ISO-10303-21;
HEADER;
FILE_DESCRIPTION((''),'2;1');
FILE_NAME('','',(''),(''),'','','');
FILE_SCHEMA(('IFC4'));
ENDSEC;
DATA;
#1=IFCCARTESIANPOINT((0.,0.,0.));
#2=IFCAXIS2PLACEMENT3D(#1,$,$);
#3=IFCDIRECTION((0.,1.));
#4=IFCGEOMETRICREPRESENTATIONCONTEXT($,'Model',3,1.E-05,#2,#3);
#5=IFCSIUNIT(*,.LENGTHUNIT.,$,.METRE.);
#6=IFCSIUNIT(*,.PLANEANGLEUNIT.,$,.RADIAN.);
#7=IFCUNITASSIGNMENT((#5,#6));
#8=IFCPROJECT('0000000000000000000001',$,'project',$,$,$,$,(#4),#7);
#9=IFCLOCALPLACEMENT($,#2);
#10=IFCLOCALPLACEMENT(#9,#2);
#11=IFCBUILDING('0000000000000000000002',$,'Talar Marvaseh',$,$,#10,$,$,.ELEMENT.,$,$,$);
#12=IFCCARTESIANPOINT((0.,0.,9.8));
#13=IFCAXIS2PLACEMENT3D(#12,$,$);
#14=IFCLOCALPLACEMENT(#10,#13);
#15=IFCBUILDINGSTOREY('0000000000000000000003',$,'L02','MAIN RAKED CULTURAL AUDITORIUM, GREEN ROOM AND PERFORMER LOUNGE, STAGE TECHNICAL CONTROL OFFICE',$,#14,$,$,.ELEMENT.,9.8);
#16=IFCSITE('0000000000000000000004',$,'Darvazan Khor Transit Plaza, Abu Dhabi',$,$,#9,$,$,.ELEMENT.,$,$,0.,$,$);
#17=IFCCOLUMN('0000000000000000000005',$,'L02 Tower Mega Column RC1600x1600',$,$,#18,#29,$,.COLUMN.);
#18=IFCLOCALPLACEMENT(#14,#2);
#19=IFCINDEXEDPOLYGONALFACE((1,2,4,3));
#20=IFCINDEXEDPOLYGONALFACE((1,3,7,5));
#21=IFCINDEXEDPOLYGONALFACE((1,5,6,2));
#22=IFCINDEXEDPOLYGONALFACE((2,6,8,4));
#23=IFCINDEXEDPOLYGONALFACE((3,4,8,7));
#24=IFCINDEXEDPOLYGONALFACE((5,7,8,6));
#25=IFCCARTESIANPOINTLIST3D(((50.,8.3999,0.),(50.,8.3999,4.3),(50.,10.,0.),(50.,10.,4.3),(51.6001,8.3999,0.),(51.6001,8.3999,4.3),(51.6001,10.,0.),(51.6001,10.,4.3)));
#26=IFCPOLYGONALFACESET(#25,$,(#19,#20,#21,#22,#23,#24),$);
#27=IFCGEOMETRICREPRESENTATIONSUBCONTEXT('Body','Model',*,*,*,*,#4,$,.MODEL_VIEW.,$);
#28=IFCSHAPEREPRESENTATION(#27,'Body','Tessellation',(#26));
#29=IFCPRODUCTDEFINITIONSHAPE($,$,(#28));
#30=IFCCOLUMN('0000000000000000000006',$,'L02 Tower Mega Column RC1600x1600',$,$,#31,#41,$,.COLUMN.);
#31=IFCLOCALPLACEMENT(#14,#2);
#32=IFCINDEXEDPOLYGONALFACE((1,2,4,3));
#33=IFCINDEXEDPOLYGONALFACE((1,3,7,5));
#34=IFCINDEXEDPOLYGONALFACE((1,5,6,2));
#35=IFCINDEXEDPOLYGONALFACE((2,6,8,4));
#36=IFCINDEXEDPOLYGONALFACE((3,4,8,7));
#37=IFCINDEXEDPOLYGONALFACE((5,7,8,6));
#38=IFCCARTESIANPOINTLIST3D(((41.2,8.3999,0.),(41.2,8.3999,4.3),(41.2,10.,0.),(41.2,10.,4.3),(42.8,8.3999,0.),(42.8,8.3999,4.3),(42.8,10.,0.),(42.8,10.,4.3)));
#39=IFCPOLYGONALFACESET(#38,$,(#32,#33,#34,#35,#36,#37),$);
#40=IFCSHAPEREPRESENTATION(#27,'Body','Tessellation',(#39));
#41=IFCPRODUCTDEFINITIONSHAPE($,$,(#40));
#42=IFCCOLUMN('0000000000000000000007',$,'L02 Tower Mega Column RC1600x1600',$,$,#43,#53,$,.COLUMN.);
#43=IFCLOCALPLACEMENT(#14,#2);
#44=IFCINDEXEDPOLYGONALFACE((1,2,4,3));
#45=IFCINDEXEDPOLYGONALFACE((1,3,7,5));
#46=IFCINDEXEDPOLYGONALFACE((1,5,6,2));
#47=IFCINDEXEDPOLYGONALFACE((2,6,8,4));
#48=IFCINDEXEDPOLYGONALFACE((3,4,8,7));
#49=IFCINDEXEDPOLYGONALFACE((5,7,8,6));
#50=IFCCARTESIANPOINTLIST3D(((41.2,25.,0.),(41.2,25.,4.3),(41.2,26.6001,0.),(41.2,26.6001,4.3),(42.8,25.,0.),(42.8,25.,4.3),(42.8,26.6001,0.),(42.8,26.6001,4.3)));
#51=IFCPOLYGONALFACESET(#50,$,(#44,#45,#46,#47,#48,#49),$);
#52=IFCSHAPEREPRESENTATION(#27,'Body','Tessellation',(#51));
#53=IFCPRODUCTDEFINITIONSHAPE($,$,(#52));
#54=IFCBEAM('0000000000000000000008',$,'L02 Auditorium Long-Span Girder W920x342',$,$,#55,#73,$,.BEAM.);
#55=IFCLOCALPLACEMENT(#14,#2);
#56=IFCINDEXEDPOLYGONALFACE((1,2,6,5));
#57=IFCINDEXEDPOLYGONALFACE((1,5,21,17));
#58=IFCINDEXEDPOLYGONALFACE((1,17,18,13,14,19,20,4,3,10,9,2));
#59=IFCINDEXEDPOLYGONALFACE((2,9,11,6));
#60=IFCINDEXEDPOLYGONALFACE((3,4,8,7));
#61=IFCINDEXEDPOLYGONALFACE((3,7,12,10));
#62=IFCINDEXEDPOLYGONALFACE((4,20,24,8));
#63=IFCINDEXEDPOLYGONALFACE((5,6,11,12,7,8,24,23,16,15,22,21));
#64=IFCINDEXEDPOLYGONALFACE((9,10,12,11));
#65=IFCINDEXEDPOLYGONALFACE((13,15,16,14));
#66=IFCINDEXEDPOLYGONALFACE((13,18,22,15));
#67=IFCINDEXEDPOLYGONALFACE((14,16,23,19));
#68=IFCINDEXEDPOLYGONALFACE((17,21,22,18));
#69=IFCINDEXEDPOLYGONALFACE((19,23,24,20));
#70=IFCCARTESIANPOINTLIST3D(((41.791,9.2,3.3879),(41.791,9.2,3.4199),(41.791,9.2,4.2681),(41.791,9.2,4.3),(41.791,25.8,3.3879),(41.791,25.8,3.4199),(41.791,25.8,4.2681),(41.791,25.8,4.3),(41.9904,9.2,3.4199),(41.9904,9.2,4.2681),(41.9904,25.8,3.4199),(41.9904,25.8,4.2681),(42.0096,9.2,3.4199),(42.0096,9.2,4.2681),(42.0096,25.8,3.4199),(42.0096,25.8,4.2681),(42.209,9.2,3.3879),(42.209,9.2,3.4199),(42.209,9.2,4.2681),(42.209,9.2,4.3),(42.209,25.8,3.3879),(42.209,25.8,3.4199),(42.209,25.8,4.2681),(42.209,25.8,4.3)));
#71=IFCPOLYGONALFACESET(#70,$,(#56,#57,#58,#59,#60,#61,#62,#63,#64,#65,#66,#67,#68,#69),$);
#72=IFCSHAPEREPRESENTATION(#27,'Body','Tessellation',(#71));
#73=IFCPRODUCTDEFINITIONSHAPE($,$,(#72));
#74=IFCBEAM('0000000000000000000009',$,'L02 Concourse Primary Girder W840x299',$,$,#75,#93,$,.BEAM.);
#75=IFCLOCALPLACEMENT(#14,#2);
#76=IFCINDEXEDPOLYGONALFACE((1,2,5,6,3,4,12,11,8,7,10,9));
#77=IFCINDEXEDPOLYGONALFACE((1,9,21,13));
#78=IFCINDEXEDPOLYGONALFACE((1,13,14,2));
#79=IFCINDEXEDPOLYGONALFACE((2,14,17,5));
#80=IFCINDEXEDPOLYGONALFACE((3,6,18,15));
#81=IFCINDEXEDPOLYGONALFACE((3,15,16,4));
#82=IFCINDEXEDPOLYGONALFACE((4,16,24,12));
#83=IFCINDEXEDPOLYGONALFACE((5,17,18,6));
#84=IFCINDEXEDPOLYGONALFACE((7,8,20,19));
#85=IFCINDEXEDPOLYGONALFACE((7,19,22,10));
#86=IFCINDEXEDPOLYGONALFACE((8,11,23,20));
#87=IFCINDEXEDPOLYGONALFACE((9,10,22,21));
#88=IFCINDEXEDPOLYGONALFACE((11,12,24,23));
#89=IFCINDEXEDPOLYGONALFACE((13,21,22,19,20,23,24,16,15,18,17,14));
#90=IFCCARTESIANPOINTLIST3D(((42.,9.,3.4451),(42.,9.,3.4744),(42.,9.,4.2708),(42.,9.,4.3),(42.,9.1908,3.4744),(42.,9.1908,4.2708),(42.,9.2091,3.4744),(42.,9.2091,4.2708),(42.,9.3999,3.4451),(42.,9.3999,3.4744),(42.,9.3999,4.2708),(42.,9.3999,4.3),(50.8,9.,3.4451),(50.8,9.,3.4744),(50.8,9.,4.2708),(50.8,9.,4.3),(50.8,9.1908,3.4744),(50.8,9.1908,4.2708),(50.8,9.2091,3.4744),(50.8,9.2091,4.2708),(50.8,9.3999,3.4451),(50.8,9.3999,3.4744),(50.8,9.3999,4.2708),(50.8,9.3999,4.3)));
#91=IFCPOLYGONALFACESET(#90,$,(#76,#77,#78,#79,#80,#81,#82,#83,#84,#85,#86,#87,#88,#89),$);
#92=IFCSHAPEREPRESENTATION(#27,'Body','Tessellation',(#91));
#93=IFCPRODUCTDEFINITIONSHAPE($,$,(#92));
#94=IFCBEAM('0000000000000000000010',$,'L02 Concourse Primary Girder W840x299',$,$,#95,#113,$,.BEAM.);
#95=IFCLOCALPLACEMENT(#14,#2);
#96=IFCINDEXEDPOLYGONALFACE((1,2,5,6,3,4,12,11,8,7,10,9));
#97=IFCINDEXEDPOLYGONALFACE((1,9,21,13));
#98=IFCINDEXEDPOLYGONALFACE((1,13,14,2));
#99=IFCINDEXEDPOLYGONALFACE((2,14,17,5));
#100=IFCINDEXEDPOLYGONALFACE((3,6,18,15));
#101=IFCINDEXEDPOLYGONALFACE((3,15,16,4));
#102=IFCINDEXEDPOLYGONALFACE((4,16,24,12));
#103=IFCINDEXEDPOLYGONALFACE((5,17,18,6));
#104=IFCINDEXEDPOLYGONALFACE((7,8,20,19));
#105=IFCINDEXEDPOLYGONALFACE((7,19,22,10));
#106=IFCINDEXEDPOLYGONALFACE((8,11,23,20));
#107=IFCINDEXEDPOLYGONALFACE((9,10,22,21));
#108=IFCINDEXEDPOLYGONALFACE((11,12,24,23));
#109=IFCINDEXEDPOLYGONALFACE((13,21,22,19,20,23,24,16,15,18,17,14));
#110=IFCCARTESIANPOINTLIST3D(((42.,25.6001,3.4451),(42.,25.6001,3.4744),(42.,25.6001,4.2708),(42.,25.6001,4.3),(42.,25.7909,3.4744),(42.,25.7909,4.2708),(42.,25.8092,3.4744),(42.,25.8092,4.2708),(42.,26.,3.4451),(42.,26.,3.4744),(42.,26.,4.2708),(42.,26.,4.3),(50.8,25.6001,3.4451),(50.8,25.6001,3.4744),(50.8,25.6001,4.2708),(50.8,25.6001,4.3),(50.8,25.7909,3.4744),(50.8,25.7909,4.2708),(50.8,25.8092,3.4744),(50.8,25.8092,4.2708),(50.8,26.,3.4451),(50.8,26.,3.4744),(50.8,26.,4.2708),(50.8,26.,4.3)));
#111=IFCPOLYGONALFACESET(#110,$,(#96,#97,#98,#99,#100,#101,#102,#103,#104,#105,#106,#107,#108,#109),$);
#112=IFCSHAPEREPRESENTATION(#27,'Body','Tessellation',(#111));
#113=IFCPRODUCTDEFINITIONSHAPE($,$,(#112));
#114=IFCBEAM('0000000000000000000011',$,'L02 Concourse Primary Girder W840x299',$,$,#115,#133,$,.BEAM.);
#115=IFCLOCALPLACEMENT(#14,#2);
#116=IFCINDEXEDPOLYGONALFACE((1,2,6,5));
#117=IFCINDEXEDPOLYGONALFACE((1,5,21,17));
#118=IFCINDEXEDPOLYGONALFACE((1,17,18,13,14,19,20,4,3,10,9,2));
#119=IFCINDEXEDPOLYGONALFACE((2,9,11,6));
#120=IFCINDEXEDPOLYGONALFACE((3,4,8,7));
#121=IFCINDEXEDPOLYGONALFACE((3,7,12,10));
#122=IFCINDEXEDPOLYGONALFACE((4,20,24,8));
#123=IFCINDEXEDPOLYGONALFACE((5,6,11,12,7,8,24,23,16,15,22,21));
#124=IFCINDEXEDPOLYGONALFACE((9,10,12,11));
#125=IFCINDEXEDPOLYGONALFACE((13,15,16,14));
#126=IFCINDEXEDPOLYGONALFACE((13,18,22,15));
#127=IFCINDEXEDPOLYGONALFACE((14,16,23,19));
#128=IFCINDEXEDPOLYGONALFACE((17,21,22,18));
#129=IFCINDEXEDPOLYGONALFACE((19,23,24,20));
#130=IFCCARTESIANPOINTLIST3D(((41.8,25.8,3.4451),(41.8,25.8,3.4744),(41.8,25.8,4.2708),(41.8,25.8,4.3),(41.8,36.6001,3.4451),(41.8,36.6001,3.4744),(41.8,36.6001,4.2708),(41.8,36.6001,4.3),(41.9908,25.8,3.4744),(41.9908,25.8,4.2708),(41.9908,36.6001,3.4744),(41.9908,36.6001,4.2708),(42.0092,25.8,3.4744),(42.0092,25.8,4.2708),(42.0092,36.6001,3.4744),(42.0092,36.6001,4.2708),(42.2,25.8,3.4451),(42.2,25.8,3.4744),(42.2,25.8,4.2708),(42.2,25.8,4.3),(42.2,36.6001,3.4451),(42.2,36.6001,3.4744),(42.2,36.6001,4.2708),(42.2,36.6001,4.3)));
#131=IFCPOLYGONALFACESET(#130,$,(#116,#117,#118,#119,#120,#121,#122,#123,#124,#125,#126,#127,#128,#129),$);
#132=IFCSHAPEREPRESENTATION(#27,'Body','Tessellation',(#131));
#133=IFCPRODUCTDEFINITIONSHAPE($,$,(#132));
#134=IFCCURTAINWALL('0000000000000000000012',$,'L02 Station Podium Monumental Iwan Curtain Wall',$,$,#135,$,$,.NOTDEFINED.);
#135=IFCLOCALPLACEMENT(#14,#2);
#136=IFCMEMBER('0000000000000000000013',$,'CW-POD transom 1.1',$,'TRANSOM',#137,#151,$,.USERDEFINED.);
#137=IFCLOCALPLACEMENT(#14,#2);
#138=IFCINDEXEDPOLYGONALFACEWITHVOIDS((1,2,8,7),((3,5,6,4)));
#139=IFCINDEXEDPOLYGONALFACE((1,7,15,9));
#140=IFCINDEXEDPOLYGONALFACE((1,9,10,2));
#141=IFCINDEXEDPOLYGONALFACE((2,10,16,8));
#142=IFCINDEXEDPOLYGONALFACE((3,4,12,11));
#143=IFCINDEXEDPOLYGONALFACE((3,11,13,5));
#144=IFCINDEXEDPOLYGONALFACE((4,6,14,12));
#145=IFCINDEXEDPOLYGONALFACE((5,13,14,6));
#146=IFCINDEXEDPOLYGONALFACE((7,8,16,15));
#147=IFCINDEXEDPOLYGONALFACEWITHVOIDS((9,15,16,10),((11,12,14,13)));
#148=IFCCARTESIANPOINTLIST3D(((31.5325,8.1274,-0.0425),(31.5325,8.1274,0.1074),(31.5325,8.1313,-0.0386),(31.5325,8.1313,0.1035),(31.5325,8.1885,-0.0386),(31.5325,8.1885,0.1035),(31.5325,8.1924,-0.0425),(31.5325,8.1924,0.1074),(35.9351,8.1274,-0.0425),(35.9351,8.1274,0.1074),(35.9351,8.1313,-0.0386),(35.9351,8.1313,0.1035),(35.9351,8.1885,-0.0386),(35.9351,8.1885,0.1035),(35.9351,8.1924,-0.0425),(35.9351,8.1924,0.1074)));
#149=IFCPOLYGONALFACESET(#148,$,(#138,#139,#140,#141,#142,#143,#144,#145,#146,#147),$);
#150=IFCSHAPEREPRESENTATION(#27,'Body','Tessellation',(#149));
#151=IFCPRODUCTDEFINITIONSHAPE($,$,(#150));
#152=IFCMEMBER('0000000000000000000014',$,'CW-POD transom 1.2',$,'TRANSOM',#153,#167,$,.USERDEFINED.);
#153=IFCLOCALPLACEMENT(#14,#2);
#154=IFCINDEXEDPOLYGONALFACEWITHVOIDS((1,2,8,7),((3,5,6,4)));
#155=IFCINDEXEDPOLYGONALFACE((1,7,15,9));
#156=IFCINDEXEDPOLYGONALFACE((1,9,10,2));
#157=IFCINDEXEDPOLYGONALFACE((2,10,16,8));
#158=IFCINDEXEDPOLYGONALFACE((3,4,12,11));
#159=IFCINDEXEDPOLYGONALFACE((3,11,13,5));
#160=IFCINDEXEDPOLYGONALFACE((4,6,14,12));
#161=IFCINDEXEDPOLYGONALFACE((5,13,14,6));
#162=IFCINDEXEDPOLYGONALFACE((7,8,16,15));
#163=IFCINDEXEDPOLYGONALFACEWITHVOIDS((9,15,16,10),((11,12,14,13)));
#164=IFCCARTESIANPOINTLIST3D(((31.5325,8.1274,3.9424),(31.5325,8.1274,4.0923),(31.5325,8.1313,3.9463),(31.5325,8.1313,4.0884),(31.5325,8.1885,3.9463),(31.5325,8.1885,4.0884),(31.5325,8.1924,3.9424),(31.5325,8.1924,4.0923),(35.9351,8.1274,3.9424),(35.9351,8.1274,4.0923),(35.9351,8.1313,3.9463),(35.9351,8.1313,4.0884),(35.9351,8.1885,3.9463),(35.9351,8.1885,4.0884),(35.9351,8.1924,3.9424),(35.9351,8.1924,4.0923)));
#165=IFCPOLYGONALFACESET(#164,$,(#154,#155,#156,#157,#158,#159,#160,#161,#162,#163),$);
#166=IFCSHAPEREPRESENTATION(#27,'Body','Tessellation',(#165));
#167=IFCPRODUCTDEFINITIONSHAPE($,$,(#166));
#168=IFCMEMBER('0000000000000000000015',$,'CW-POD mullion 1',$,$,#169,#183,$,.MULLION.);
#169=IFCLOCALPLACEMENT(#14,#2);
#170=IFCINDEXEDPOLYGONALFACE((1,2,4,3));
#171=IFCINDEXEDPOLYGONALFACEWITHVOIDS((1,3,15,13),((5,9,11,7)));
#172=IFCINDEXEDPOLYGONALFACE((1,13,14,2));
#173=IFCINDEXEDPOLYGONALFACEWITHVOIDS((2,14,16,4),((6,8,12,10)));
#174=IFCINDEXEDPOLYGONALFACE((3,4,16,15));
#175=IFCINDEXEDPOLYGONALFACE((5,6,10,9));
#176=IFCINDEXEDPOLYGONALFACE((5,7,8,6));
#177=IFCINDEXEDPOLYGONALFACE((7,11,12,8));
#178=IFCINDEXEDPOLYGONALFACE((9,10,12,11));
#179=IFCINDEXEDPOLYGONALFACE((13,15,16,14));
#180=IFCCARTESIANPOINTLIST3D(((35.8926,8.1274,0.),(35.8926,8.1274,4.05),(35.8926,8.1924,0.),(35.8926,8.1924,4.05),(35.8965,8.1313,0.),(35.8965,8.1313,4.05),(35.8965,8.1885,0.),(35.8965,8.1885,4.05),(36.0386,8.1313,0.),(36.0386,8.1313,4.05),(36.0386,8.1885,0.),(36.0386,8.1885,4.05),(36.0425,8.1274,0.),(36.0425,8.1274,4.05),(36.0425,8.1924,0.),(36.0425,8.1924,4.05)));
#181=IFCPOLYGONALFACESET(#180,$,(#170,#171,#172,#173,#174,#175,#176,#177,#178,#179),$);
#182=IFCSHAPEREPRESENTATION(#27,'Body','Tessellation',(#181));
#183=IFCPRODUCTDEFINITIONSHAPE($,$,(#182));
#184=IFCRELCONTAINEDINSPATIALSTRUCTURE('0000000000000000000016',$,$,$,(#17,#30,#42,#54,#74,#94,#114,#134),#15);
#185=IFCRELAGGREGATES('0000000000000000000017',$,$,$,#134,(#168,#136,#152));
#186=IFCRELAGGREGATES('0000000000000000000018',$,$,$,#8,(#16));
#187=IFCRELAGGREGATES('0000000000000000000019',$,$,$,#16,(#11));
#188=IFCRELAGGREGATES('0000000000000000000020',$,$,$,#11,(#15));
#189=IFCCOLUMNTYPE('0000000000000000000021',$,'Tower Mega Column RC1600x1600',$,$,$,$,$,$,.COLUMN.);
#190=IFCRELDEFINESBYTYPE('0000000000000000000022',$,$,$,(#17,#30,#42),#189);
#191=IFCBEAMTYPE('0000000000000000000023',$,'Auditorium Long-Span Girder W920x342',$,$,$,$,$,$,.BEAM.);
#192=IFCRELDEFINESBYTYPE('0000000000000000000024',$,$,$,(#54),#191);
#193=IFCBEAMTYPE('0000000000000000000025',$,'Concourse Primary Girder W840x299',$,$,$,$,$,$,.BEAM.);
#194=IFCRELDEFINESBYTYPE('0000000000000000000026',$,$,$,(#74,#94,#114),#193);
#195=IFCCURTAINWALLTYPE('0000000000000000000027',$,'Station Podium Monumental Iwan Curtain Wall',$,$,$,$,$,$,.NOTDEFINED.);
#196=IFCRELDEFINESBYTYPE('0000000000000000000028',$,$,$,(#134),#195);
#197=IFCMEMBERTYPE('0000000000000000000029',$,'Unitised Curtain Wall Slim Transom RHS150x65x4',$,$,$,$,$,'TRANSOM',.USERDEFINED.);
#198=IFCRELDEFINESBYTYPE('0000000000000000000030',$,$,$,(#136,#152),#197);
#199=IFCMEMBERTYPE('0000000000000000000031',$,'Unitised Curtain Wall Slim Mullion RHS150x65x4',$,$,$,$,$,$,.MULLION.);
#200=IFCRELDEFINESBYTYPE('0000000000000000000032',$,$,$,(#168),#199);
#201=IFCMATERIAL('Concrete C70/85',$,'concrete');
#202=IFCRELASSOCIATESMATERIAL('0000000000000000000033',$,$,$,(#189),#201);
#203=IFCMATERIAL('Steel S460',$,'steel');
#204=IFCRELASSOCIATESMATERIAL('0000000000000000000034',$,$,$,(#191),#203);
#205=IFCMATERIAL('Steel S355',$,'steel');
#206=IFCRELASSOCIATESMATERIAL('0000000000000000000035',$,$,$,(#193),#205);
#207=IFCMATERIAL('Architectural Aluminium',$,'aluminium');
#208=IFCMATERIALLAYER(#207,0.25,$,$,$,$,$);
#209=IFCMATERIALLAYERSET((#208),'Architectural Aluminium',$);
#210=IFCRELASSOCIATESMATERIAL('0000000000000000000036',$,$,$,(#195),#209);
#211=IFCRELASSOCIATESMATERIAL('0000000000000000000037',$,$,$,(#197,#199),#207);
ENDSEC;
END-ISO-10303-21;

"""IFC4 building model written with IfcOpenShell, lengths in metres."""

from ifc_helpers import new_model, si_unit, direction, frame, origin, origin_2d, place, context, subcontext, project, spatial, rectangle, hollow_rectangle, i_section, extrude, source, transform, mapped, material, layer, layer_set, material_profile, profile_set, type_object, type_shapes, element, aggregate, save


model = new_model("IFC4")

# Units and contexts
model_context = context("Model", 3, precision=1e-05, world=origin(), true_north=direction((0.0, 1.0)))
body_context = subcontext(model_context, "Body", "Model", "MODEL_VIEW")
ifc_project = project(units=[si_unit("LENGTHUNIT", "METRE"), si_unit("PLANEANGLEUNIT", "RADIAN")], contexts=[model_context])

# Site, building, storey
site_placement = place(None, origin())
site = spatial("IfcSite", under=ifc_project, at=site_placement, Name="Darvazan Khor Transit Plaza, Abu Dhabi", CompositionType="ELEMENT", RefElevation=0.0)
building_placement = place(site_placement, origin())
building = spatial("IfcBuilding", under=site, at=building_placement, Name="Talar Marvaseh", CompositionType="ELEMENT")
storey_placement = place(building_placement, frame((0.0, 0.0, 9.8)))
storey = spatial("IfcBuildingStorey", under=building, at=storey_placement, Name="L02", Description="MAIN RAKED CULTURAL AUDITORIUM, GREEN ROOM AND PERFORMER LOUNGE, STAGE TECHNICAL CONTROL OFFICE", CompositionType="ELEMENT", Elevation=9.8)

# Columns
ifc_material_1 = material(Name="Concrete C70/85", Category="concrete")
ifc_material_profile_1 = material_profile(ifc_material_1, rectangle(XDim=1.6001, YDim=1.6001, at=origin_2d()), Name="RC1600x1600")
ifc_profile_set_1 = profile_set([ifc_material_profile_1], Name="Concrete C70/85")
column_type = type_object("IfcColumnType", Name="Tower Mega Column RC1600x1600", PredefinedType="COLUMN", material=ifc_profile_set_1)
for number, where, z_axis, x_axis, name in (
    (1, (50.8, 9.2, 0.0), (0.0, 0.0, 1.0), (1.0, 0.0, 0.0), "L02 Tower Mega Column RC1600x1600"),
    (2, (42.0, 9.2, 0.0), (0.0, 0.0, 1.0), (1.0, 0.0, 0.0), "L02 Tower Mega Column RC1600x1600"),
    (3, (42.0, 25.8, 0.0), (0.0, 0.0, 1.0), (1.0, 0.0, 0.0), "L02 Tower Mega Column RC1600x1600"),
):
    element("IfcColumn", number, at=place(storey_placement, frame(where, z_axis=z_axis, x_axis=x_axis)), inside=storey, type_object=column_type, Name=name, PredefinedType="COLUMN", context=body_context, shape_type="SweptSolid", body=[
        extrude(rectangle(XDim=1.6001, YDim=1.6001, at=origin_2d()), origin(), (0.0, 0.0, 1.0), 4.3),
    ])

# Beams
ifc_material_2 = material(Name="Steel S460", Category="steel")
ifc_material_profile_2 = material_profile(ifc_material_2, i_section(OverallWidth=0.418, OverallDepth=0.9121, WebThickness=0.0193, FlangeThickness=0.032, at=origin_2d()), Name="W920x342")
ifc_profile_set_2 = profile_set([ifc_material_profile_2], Name="Steel S460")
beam_type_1 = type_object("IfcBeamType", Name="Auditorium Long-Span Girder W920x342", PredefinedType="BEAM", material=ifc_profile_set_2)
beam_1_placement = place(storey_placement, frame((42.0, 9.2, 3.844), z_axis=(0.0, 1.0, 0.0), x_axis=(-1.0, 0.0, 0.0)))
element("IfcBeam", 4, at=beam_1_placement, inside=storey, type_object=beam_type_1, Name="L02 Auditorium Long-Span Girder W920x342", PredefinedType="BEAM", context=body_context, shape_type="SweptSolid", body=[
    extrude(i_section(OverallWidth=0.418, OverallDepth=0.9121, WebThickness=0.0193, FlangeThickness=0.032, at=origin_2d()), origin(), (0.0, 0.0, 1.0), 16.6001),
])
ifc_material_3 = material(Name="Steel S355", Category="steel")
ifc_material_profile_3 = material_profile(ifc_material_3, i_section(OverallWidth=0.3999, OverallDepth=0.855, WebThickness=0.0183, FlangeThickness=0.0293, at=origin_2d()), Name="W840x299")
ifc_profile_set_3 = profile_set([ifc_material_profile_3], Name="Steel S355")
beam_type_2 = type_object("IfcBeamType", Name="Concourse Primary Girder W840x299", PredefinedType="BEAM", material=ifc_profile_set_3)
for number, where, z_axis, x_axis, name in (
    (5, (42.0, 9.2, 3.8726), (1.0, 0.0, 0.0), (0.0, 1.0, 0.0), "L02 Concourse Primary Girder W840x299"),
    (6, (42.0, 25.8, 3.8726), (1.0, 0.0, 0.0), (0.0, 1.0, 0.0), "L02 Concourse Primary Girder W840x299"),
):
    element("IfcBeam", number, at=place(storey_placement, frame(where, z_axis=z_axis, x_axis=x_axis)), inside=storey, type_object=beam_type_2, Name=name, PredefinedType="BEAM", context=body_context, shape_type="SweptSolid", body=[
        extrude(i_section(OverallWidth=0.3999, OverallDepth=0.855, WebThickness=0.0183, FlangeThickness=0.0293, at=origin_2d()), origin(), (0.0, 0.0, 1.0), 8.8),
    ])
beam_2_placement = place(storey_placement, frame((42.0, 25.8, 3.8726), z_axis=(0.0, 1.0, 0.0), x_axis=(-1.0, 0.0, 0.0)))
element("IfcBeam", 7, at=beam_2_placement, inside=storey, type_object=beam_type_2, Name="L02 Concourse Primary Girder W840x299", PredefinedType="BEAM", context=body_context, shape_type="SweptSolid", body=[
    extrude(i_section(OverallWidth=0.3999, OverallDepth=0.855, WebThickness=0.0183, FlangeThickness=0.0293, at=origin_2d()), origin(), (0.0, 0.0, 1.0), 10.8),
])

# Curtain wall, members
ifc_material_4 = material(Name="Architectural Aluminium", Category="aluminium")
ifc_layer_1 = layer(ifc_material_4, 0.25)
ifc_layer_set_1 = layer_set([ifc_layer_1], Name="Architectural Aluminium")
curtain_wall_type = type_object("IfcCurtainWallType", Name="Station Podium Monumental Iwan Curtain Wall", PredefinedType="NOTDEFINED", material=ifc_layer_set_1)
curtain_wall_placement = place(storey_placement, origin())
curtain_wall = element("IfcCurtainWall", 8, at=curtain_wall_placement, inside=storey, type_object=curtain_wall_type, Name="L02 Station Podium Monumental Iwan Curtain Wall", PredefinedType="NOTDEFINED")
ifc_material_profile_4 = material_profile(ifc_material_4, hollow_rectangle(XDim=0.0649, YDim=0.1499, WallThickness=0.0039, at=origin_2d()), Name="RHS150x65x4")
ifc_profile_set_4 = profile_set([ifc_material_profile_4], Name="Architectural Aluminium")
member_type_1 = type_object("IfcMemberType", Name="Unitised Curtain Wall Slim Transom RHS150x65x4", ElementType="TRANSOM", PredefinedType="USERDEFINED", material=ifc_profile_set_4)
shared_shape_1 = source(origin(), body_context, "Body", "SweptSolid", [
    extrude(hollow_rectangle(XDim=0.0649, YDim=0.1499, WallThickness=0.0039, at=origin_2d()), origin(), (0.0, 0.0, 1.0), 4.4026),
])
type_shapes(member_type_1, [shared_shape_1])
member_1_placement = place(storey_placement, frame((35.9351, 8.1599, 0.0325), z_axis=(-1.0, 0.0, 0.0), x_axis=(0.0, -1.0, 0.0)))
member_1 = element("IfcMember", 9, at=member_1_placement, type_object=member_type_1, Name="CW-POD transom 1.1", ObjectType="TRANSOM", PredefinedType="USERDEFINED", context=body_context, shape_type="MappedRepresentation", body=[
    mapped(shared_shape_1, transform((0.0, 0.0, 0.0), x_axis=(1.0, 0.0, 0.0), y_axis=(0.0, 1.0, 0.0), z_axis=(0.0, 0.0, 1.0), scale=1.0)),
])
member_2_placement = place(storey_placement, frame((35.9351, 8.1599, 4.0173), z_axis=(-1.0, 0.0, 0.0), x_axis=(0.0, -1.0, 0.0)))
member_2 = element("IfcMember", 10, at=member_2_placement, type_object=member_type_1, Name="CW-POD transom 1.2", ObjectType="TRANSOM", PredefinedType="USERDEFINED", context=body_context, shape_type="MappedRepresentation", body=[
    mapped(shared_shape_1, transform((0.0, 0.0, 0.0), x_axis=(1.0, 0.0, 0.0), y_axis=(0.0, 1.0, 0.0), z_axis=(0.0, 0.0, 1.0), scale=1.0)),
])
ifc_material_profile_5 = material_profile(ifc_material_4, hollow_rectangle(XDim=0.0649, YDim=0.1499, WallThickness=0.0039, at=origin_2d()), Name="RHS150x65x4")
ifc_profile_set_5 = profile_set([ifc_material_profile_5], Name="Architectural Aluminium")
member_type_2 = type_object("IfcMemberType", Name="Unitised Curtain Wall Slim Mullion RHS150x65x4", PredefinedType="MULLION", material=ifc_profile_set_5)
shared_shape_2 = source(origin(), body_context, "Body", "SweptSolid", [
    extrude(hollow_rectangle(XDim=0.0649, YDim=0.1499, WallThickness=0.0039, at=origin_2d()), origin(), (0.0, 0.0, 1.0), 4.05),
])
type_shapes(member_type_2, [shared_shape_2])
member_3_placement = place(storey_placement, frame((35.9675, 8.1599, 0.0), z_axis=(0.0, 0.0, 1.0), x_axis=(0.0, -1.0, 0.0)))
member_3 = element("IfcMember", 11, at=member_3_placement, type_object=member_type_2, Name="CW-POD mullion 1", PredefinedType="MULLION", context=body_context, shape_type="MappedRepresentation", body=[
    mapped(shared_shape_2, transform((0.0, 0.0, 0.0), x_axis=(1.0, 0.0, 0.0), y_axis=(0.0, 1.0, 0.0), z_axis=(0.0, 0.0, 1.0), scale=1.0)),
])
aggregate(curtain_wall, [member_3, member_1, member_2])

save(model, "model.ifc")
